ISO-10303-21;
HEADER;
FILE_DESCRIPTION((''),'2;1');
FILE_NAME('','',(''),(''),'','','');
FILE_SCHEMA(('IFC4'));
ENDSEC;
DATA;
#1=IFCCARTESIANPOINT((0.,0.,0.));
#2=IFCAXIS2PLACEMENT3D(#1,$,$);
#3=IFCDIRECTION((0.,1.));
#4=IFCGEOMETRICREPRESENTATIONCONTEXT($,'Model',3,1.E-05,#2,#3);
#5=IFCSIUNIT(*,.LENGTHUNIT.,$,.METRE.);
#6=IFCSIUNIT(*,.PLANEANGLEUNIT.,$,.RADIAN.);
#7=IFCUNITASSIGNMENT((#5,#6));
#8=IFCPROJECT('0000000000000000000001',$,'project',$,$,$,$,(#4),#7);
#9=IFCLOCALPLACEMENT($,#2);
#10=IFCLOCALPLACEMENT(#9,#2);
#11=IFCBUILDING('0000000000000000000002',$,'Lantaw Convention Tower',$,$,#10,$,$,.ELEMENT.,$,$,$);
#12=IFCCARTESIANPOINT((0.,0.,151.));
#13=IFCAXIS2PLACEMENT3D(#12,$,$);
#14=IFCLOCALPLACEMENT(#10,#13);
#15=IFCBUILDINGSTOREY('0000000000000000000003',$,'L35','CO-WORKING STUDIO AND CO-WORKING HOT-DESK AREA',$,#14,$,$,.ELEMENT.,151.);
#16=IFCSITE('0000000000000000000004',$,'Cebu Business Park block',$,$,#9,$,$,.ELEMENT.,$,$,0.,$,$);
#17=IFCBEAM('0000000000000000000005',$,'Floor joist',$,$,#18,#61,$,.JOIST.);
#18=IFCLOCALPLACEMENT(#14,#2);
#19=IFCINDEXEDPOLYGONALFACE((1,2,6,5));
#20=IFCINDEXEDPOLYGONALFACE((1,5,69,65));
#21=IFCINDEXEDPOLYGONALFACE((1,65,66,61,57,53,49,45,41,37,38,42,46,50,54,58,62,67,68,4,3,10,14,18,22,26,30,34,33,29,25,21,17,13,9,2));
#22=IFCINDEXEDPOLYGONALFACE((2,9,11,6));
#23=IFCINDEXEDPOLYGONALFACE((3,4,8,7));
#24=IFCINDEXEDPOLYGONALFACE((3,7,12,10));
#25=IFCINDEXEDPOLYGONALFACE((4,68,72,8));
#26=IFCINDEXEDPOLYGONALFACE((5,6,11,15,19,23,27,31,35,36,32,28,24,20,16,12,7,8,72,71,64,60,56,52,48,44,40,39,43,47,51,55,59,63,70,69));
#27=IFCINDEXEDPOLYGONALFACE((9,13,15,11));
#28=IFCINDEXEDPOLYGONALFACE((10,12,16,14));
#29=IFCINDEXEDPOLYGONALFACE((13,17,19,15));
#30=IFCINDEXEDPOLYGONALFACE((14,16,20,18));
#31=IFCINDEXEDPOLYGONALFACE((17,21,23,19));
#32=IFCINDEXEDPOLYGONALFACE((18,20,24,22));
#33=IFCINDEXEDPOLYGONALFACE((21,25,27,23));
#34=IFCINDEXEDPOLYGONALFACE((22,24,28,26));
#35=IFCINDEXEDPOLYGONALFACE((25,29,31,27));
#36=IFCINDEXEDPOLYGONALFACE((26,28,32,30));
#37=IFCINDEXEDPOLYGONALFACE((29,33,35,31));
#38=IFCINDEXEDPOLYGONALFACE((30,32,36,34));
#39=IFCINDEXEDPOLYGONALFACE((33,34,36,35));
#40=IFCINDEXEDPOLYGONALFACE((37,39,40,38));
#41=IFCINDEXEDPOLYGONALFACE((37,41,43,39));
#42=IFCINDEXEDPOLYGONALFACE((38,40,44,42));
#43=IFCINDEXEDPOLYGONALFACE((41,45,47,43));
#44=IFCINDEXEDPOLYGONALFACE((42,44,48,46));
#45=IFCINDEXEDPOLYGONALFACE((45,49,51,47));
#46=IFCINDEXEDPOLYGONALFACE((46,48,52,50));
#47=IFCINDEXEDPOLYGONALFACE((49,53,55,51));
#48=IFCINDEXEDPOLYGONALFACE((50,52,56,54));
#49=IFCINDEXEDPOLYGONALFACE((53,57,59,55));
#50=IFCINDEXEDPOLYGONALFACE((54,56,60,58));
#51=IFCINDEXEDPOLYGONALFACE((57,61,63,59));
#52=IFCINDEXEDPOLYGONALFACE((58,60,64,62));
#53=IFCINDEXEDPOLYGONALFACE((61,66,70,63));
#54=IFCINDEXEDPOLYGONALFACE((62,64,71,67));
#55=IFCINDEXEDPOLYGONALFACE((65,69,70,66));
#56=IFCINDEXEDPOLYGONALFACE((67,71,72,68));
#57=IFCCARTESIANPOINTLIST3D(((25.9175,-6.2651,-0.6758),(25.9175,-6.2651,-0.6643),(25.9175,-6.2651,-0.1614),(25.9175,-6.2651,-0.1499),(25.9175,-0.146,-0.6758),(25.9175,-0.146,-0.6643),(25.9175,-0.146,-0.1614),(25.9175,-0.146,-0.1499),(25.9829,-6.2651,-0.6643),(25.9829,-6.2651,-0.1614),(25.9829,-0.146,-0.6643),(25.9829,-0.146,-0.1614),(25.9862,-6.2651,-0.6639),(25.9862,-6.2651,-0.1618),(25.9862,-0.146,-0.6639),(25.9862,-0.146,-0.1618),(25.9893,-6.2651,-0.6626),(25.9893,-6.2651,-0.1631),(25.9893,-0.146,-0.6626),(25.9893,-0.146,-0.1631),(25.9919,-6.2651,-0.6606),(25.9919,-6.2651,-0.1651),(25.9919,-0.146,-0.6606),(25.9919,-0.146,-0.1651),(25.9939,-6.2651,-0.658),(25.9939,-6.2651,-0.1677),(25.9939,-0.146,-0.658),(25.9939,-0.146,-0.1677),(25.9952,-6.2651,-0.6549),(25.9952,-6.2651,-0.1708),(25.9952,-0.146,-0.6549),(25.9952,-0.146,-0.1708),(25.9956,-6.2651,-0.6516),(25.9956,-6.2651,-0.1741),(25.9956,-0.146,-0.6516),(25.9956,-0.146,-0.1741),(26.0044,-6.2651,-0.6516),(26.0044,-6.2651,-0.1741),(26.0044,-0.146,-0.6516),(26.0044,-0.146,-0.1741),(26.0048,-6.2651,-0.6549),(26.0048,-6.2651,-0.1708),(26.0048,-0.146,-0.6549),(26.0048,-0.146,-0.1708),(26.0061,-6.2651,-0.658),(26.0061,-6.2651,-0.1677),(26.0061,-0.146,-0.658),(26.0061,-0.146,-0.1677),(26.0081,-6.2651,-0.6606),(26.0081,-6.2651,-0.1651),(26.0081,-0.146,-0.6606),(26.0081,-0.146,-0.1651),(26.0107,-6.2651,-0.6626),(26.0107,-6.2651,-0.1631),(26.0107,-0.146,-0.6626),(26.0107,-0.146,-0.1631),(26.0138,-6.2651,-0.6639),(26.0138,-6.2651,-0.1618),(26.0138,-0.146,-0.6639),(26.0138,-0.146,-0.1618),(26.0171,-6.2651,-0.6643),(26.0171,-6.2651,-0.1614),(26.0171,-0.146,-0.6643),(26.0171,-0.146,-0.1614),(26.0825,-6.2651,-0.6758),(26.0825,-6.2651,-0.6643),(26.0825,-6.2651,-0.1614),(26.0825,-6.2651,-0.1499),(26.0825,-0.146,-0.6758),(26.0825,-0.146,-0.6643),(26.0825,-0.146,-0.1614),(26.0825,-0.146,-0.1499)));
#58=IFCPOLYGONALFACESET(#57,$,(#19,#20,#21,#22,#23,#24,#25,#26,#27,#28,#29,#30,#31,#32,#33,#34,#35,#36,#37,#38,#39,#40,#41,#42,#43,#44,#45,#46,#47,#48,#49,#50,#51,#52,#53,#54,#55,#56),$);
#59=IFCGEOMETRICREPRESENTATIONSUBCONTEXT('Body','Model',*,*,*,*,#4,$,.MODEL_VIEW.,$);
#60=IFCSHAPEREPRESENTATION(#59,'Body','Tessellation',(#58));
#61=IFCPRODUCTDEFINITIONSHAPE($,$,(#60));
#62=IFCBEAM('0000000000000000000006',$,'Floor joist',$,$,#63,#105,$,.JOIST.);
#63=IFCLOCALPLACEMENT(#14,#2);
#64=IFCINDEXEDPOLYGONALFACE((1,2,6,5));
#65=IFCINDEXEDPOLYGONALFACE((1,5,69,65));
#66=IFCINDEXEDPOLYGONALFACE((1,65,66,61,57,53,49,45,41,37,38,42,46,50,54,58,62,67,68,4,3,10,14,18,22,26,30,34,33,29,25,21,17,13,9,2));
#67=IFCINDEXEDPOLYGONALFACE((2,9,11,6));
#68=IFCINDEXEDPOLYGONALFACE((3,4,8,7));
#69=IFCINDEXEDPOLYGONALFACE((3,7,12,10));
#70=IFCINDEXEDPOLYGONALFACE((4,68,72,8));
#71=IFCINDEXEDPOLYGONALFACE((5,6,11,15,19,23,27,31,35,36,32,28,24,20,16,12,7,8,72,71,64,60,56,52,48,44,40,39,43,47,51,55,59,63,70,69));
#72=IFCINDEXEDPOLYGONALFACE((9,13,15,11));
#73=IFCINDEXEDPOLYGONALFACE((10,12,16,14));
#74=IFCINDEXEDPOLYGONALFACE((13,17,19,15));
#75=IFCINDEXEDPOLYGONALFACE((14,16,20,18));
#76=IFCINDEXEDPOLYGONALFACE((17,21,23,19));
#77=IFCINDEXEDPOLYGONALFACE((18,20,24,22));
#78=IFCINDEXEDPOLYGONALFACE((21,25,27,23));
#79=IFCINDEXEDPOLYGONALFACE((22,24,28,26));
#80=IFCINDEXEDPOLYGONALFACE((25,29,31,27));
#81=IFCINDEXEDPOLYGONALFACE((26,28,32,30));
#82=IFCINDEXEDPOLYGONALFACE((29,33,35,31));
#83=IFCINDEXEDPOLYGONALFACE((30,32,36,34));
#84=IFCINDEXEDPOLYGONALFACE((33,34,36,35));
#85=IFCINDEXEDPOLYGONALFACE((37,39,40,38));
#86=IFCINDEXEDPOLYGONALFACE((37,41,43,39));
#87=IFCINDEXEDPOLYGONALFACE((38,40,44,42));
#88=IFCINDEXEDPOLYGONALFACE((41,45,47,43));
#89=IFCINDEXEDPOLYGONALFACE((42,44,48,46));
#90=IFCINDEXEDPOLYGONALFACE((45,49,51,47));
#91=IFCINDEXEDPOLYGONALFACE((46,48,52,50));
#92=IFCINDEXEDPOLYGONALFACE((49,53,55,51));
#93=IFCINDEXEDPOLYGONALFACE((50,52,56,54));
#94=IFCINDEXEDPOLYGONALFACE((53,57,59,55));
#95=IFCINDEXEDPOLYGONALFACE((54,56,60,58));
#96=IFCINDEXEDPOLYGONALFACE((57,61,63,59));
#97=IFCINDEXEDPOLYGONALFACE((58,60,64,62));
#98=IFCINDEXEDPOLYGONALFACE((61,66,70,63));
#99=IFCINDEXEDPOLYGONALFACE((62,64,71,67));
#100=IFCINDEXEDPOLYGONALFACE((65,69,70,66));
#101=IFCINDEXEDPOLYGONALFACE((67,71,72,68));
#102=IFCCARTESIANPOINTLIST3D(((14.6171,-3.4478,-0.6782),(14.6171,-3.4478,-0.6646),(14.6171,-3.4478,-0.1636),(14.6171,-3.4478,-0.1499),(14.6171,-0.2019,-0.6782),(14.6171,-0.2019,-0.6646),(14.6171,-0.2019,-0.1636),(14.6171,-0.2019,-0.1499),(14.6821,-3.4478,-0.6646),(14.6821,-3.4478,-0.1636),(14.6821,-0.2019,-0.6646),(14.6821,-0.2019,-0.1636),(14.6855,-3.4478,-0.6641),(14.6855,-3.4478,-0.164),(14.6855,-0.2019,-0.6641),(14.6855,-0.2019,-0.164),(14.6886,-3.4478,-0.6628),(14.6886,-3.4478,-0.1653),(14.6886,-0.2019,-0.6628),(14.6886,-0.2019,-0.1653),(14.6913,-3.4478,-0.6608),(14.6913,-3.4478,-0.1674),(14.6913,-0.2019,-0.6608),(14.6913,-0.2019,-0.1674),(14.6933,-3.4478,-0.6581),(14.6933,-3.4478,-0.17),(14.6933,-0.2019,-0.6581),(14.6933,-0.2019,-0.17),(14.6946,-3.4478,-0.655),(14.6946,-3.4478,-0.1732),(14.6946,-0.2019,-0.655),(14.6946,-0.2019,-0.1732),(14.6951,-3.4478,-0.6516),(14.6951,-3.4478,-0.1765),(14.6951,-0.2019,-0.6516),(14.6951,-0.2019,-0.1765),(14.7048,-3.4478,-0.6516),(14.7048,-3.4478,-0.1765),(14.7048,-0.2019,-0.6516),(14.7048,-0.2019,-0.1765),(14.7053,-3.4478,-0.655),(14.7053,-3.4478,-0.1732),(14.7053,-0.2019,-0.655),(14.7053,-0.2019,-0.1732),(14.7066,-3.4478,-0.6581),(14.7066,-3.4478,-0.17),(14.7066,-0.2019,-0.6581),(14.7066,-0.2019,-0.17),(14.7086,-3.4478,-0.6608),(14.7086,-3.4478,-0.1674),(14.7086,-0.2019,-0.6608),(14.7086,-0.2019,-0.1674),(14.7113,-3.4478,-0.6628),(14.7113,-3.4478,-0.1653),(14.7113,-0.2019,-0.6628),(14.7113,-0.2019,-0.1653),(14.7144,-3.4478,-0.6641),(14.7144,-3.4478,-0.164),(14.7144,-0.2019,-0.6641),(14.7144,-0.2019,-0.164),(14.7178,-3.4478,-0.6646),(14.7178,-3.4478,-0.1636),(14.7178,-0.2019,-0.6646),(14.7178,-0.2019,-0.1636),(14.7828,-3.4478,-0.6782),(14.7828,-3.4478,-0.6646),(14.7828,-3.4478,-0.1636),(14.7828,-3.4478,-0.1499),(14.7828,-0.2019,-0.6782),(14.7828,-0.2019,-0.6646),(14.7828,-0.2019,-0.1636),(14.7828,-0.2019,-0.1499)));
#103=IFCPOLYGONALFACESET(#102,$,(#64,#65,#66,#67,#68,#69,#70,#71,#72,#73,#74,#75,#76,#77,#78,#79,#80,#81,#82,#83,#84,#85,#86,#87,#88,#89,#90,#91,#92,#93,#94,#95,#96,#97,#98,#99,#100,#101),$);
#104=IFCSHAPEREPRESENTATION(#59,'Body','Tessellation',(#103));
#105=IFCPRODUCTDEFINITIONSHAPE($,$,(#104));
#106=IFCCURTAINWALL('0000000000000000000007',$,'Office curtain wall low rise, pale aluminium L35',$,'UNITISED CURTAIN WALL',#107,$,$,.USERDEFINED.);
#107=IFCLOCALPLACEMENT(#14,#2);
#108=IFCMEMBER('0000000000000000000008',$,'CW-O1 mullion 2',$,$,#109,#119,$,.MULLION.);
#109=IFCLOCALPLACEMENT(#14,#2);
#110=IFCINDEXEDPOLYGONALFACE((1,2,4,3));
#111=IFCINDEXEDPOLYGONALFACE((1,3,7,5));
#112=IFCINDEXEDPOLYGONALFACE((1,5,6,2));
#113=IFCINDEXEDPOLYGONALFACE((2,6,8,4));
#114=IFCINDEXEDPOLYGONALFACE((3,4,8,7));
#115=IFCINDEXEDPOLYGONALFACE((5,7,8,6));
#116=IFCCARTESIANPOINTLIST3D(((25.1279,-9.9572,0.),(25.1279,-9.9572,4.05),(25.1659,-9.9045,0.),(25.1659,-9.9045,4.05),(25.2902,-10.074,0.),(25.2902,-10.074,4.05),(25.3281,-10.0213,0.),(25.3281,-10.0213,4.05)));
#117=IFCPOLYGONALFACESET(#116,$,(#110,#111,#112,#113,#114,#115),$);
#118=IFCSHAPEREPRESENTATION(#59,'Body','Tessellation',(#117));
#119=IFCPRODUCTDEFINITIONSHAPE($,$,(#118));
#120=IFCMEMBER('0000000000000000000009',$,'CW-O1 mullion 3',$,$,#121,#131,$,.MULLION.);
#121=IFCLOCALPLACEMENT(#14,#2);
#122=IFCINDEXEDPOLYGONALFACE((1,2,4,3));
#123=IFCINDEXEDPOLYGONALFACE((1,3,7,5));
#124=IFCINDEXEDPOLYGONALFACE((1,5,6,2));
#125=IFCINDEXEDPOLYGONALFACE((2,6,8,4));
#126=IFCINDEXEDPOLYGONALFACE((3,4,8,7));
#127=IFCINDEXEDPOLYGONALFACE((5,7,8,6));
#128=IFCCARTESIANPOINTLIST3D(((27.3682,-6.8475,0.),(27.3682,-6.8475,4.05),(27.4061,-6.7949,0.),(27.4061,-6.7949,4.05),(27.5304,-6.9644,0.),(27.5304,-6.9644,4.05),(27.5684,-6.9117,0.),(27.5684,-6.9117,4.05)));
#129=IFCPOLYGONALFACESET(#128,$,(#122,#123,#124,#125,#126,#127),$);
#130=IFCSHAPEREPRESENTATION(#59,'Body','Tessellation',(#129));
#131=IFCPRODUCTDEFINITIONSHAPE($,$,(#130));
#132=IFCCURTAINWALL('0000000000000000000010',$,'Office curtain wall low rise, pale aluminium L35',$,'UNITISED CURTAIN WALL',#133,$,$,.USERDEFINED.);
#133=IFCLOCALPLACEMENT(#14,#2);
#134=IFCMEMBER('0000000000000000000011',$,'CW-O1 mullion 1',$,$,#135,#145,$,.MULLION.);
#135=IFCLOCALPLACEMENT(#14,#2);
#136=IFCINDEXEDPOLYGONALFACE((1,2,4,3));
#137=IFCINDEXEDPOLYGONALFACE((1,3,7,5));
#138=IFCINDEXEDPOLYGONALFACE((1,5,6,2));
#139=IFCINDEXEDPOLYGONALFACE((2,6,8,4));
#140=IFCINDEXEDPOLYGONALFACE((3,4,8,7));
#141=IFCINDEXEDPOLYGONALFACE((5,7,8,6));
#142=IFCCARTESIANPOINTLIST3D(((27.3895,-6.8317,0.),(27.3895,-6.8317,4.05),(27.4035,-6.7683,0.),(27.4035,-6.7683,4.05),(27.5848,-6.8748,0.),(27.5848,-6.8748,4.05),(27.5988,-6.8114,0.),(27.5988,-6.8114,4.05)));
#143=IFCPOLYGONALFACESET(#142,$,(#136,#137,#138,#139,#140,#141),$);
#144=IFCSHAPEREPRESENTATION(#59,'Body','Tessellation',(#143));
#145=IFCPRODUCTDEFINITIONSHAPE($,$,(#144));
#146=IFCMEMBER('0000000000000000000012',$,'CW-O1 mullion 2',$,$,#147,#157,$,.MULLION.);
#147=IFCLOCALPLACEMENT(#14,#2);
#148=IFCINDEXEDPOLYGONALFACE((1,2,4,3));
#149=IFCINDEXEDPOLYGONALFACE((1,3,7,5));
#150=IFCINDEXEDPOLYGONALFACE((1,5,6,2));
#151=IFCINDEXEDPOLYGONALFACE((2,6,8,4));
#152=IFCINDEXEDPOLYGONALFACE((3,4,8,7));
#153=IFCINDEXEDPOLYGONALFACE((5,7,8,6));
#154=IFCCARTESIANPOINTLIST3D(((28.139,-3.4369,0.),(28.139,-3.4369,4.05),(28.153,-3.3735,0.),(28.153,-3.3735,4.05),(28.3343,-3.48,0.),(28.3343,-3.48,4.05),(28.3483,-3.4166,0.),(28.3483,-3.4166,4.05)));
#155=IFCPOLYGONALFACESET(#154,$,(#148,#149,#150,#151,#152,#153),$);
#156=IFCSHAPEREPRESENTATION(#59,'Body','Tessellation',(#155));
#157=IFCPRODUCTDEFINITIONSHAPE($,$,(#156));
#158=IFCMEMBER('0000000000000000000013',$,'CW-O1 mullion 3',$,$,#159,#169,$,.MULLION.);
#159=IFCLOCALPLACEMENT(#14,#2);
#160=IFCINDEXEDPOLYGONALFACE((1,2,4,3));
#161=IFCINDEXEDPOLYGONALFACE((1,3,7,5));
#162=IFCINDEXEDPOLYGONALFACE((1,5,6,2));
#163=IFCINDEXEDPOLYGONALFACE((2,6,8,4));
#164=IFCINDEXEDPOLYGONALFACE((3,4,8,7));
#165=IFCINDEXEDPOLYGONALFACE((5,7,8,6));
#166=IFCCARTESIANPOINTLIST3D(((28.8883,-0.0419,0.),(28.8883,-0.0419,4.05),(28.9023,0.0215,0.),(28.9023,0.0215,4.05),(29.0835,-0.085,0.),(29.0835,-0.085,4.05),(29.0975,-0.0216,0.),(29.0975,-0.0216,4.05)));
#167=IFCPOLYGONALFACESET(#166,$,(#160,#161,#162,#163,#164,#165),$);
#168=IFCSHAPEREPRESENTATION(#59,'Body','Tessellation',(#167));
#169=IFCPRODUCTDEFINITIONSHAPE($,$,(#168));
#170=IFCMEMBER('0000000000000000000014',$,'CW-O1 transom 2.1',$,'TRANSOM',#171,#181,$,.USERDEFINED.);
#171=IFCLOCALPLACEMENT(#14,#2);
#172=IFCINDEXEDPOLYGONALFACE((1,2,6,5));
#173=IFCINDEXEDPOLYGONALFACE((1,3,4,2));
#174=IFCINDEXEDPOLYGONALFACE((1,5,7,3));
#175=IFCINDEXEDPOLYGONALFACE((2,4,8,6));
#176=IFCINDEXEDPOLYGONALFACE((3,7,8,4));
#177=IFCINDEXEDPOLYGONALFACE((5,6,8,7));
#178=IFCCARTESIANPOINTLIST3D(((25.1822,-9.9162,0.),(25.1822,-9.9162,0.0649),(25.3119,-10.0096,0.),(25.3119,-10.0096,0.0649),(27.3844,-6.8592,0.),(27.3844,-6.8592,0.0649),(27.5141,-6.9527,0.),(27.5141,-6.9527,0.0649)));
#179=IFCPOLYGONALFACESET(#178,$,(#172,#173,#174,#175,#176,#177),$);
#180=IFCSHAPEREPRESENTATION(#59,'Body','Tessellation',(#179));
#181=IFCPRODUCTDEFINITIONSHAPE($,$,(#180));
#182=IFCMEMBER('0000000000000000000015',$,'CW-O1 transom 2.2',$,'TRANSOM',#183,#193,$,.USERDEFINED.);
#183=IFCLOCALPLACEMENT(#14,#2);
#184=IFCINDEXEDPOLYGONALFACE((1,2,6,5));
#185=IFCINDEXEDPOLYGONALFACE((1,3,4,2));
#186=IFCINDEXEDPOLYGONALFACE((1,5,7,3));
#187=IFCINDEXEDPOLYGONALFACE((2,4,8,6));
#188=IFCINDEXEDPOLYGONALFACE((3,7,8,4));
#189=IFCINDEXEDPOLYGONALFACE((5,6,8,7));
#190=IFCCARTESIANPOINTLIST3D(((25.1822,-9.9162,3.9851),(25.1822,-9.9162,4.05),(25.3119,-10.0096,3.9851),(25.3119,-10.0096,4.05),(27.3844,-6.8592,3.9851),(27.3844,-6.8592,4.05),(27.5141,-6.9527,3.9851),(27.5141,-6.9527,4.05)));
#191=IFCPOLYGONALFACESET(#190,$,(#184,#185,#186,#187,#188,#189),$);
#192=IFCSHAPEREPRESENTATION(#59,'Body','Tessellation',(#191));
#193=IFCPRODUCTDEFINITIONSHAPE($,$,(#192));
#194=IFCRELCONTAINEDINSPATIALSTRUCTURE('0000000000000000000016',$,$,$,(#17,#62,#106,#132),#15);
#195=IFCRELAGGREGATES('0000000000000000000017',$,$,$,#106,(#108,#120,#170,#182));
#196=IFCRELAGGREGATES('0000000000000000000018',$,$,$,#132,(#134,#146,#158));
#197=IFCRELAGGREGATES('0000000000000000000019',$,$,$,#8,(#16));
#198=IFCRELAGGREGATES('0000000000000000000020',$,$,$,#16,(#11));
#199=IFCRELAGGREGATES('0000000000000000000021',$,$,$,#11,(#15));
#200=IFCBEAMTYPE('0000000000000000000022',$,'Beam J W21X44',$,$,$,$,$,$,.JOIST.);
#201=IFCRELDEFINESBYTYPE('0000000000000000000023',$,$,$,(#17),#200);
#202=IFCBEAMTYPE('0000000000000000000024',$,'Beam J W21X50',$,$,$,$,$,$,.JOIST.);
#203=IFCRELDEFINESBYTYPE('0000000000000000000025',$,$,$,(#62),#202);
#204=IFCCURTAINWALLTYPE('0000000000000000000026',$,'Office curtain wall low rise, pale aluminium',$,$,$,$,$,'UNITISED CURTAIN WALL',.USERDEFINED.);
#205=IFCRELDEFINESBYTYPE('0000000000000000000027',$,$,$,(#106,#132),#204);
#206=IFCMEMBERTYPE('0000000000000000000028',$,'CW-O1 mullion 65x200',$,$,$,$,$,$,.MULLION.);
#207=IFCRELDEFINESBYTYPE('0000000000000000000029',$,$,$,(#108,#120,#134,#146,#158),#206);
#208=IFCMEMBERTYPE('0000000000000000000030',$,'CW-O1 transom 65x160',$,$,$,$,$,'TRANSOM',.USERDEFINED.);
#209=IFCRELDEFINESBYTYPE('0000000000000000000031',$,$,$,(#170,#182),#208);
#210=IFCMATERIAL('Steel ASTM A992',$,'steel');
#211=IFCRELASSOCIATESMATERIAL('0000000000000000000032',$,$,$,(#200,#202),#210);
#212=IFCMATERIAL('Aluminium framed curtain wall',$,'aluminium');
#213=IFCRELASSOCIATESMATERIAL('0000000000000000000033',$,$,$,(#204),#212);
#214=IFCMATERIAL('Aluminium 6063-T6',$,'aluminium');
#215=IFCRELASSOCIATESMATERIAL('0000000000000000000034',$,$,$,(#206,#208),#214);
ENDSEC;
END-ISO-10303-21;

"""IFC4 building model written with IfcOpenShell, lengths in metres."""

from ifc_helpers import new_model, si_unit, direction, frame, origin, origin_2d, place, context, subcontext, project, spatial, rectangle, i_section, extrude, material, material_profile, profile_set, type_object, element, aggregate, save


model = new_model("IFC4")

# Units and contexts
model_context = context("Model", 3, precision=1e-05, world=origin(), true_north=direction((0.0, 1.0)))
body_context = subcontext(model_context, "Body", "Model", "MODEL_VIEW")
ifc_project = project(units=[si_unit("LENGTHUNIT", "METRE"), si_unit("PLANEANGLEUNIT", "RADIAN")], contexts=[model_context])

# Site, building, storey
site_placement = place(None, origin())
site = spatial("IfcSite", under=ifc_project, at=site_placement, Name="Cebu Business Park block", CompositionType="ELEMENT", RefElevation=0.0)
building_placement = place(site_placement, origin())
building = spatial("IfcBuilding", under=site, at=building_placement, Name="Lantaw Convention Tower", CompositionType="ELEMENT")
storey_placement = place(building_placement, frame((0.0, 0.0, 151.0)))
storey = spatial("IfcBuildingStorey", under=building, at=storey_placement, Name="L35", Description="CO-WORKING STUDIO AND CO-WORKING HOT-DESK AREA", CompositionType="ELEMENT", Elevation=151.0)

# Beams
ifc_material_1 = material(Name="Steel ASTM A992", Category="steel")
ifc_material_profile_1 = material_profile(ifc_material_1, i_section(OverallWidth=0.165, OverallDepth=0.5259, WebThickness=0.0088, FlangeThickness=0.0115, FilletRadius=0.0127, at=origin_2d()), Name="W21X44")
ifc_profile_set_1 = profile_set([ifc_material_profile_1], Name="Steel ASTM A992")
beam_type_1 = type_object("IfcBeamType", Name="Beam J W21X44", PredefinedType="JOIST", material=ifc_profile_set_1)
beam_1_placement = place(storey_placement, frame((26.0, -6.2651, -0.4128), z_axis=(0.0, 1.0, 0.0), x_axis=(-1.0, 0.0, 0.0)))
element("IfcBeam", 1, at=beam_1_placement, inside=storey, type_object=beam_type_1, Name="Floor joist", PredefinedType="JOIST", context=body_context, shape_type="SweptSolid", body=[
    extrude(i_section(OverallWidth=0.165, OverallDepth=0.5259, WebThickness=0.0088, FlangeThickness=0.0115, FilletRadius=0.0127, at=origin_2d()), origin(), (0.0, 0.0, 1.0), 6.1191),
])
ifc_material_profile_2 = material_profile(ifc_material_1, i_section(OverallWidth=0.1658, OverallDepth=0.5283, WebThickness=0.0098, FlangeThickness=0.0137, FilletRadius=0.0129, at=origin_2d()), Name="W21X50")
ifc_profile_set_2 = profile_set([ifc_material_profile_2], Name="Steel ASTM A992")
beam_type_2 = type_object("IfcBeamType", Name="Beam J W21X50", PredefinedType="JOIST", material=ifc_profile_set_2)
beam_2_placement = place(storey_placement, frame((14.7, -3.4478, -0.4141), z_axis=(0.0, 1.0, 0.0), x_axis=(-1.0, 0.0, 0.0)))
element("IfcBeam", 2, at=beam_2_placement, inside=storey, type_object=beam_type_2, Name="Floor joist", PredefinedType="JOIST", context=body_context, shape_type="SweptSolid", body=[
    extrude(i_section(OverallWidth=0.1658, OverallDepth=0.5283, WebThickness=0.0098, FlangeThickness=0.0137, FilletRadius=0.0129, at=origin_2d()), origin(), (0.0, 0.0, 1.0), 3.2458),
])

# Curtain walls, members
ifc_material_2 = material(Name="Aluminium framed curtain wall", Category="aluminium")
curtain_wall_type = type_object("IfcCurtainWallType", Name="Office curtain wall low rise, pale aluminium", ElementType="UNITISED CURTAIN WALL", PredefinedType="USERDEFINED", material=ifc_material_2)
curtain_wall_1_placement = place(storey_placement, origin())
curtain_wall_1 = element("IfcCurtainWall", 3, at=curtain_wall_1_placement, inside=storey, type_object=curtain_wall_type, Name="Office curtain wall low rise, pale aluminium L35", ObjectType="UNITISED CURTAIN WALL", PredefinedType="USERDEFINED")
ifc_material_3 = material(Name="Aluminium 6063-T6", Category="aluminium")
ifc_material_profile_3 = material_profile(ifc_material_3, rectangle(XDim=0.2, YDim=0.0649, at=origin_2d()), Name="CW-O1 mullion 65x200")
ifc_profile_set_3 = profile_set([ifc_material_profile_3], Name="Aluminium 6063-T6")
member_type_1 = type_object("IfcMemberType", Name="CW-O1 mullion 65x200", PredefinedType="MULLION", material=ifc_profile_set_3)
member_1_placement = place(storey_placement, frame((25.228, -9.9893, 0.0), z_axis=(0.0, 0.0, 1.0), x_axis=(-0.811385, 0.584513, 0.0)))
member_1 = element("IfcMember", 4, at=member_1_placement, type_object=member_type_1, Name="CW-O1 mullion 2", PredefinedType="MULLION", context=body_context, shape_type="SweptSolid", body=[
    extrude(rectangle(XDim=0.2, YDim=0.0649, at=origin_2d()), origin(), (0.0, 0.0, 1.0), 4.05),
])
member_2_placement = place(storey_placement, frame((27.4683, -6.8796, 0.0), z_axis=(0.0, 0.0, 1.0), x_axis=(-0.811385, 0.584513, 0.0)))
member_2 = element("IfcMember", 5, at=member_2_placement, type_object=member_type_1, Name="CW-O1 mullion 3", PredefinedType="MULLION", context=body_context, shape_type="SweptSolid", body=[
    extrude(rectangle(XDim=0.2, YDim=0.0649, at=origin_2d()), origin(), (0.0, 0.0, 1.0), 4.05),
])
curtain_wall_2_placement = place(storey_placement, origin())
curtain_wall_2 = element("IfcCurtainWall", 6, at=curtain_wall_2_placement, inside=storey, type_object=curtain_wall_type, Name="Office curtain wall low rise, pale aluminium L35", ObjectType="UNITISED CURTAIN WALL", PredefinedType="USERDEFINED")
member_3_placement = place(storey_placement, frame((27.4941, -6.8215, 0.0), z_axis=(0.0, 0.0, 1.0), x_axis=(-0.976494, 0.215546, 0.0)))
member_3 = element("IfcMember", 7, at=member_3_placement, type_object=member_type_1, Name="CW-O1 mullion 1", PredefinedType="MULLION", context=body_context, shape_type="SweptSolid", body=[
    extrude(rectangle(XDim=0.2, YDim=0.0649, at=origin_2d()), origin(), (0.0, 0.0, 1.0), 4.05),
])
member_4_placement = place(storey_placement, frame((28.2437, -3.4268, 0.0), z_axis=(0.0, 0.0, 1.0), x_axis=(-0.976494, 0.215546, 0.0)))
member_4 = element("IfcMember", 8, at=member_4_placement, type_object=member_type_1, Name="CW-O1 mullion 2", PredefinedType="MULLION", context=body_context, shape_type="SweptSolid", body=[
    extrude(rectangle(XDim=0.2, YDim=0.0649, at=origin_2d()), origin(), (0.0, 0.0, 1.0), 4.05),
])
member_5_placement = place(storey_placement, frame((28.9929, -0.0317, 0.0), z_axis=(0.0, 0.0, 1.0), x_axis=(-0.976494, 0.215546, 0.0)))
member_5 = element("IfcMember", 9, at=member_5_placement, type_object=member_type_1, Name="CW-O1 mullion 3", PredefinedType="MULLION", context=body_context, shape_type="SweptSolid", body=[
    extrude(rectangle(XDim=0.2, YDim=0.0649, at=origin_2d()), origin(), (0.0, 0.0, 1.0), 4.05),
])

# Members
ifc_material_profile_4 = material_profile(ifc_material_3, rectangle(XDim=0.1599, YDim=0.0649, at=origin_2d()), Name="CW-O1 transom 65x160")
ifc_profile_set_4 = profile_set([ifc_material_profile_4], Name="Aluminium 6063-T6")
member_type_2 = type_object("IfcMemberType", Name="CW-O1 transom 65x160", ElementType="TRANSOM", PredefinedType="USERDEFINED", material=ifc_profile_set_4)
member_6_placement = place(storey_placement, frame((25.2471, -9.9629, 0.0325), z_axis=(0.584513, 0.811384, 0.0), x_axis=(-0.811384, 0.584513, 0.0)))
member_6 = element("IfcMember", 10, at=member_6_placement, type_object=member_type_2, Name="CW-O1 transom 2.1", ObjectType="TRANSOM", PredefinedType="USERDEFINED", context=body_context, shape_type="SweptSolid", body=[
    extrude(rectangle(XDim=0.1599, YDim=0.0649, at=origin_2d()), origin(), (0.0, 0.0, 1.0), 3.7676),
])
member_7_placement = place(storey_placement, frame((25.2471, -9.9629, 4.0176), z_axis=(0.584513, 0.811384, 0.0), x_axis=(-0.811384, 0.584513, 0.0)))
member_7 = element("IfcMember", 11, at=member_7_placement, type_object=member_type_2, Name="CW-O1 transom 2.2", ObjectType="TRANSOM", PredefinedType="USERDEFINED", context=body_context, shape_type="SweptSolid", body=[
    extrude(rectangle(XDim=0.1599, YDim=0.0649, at=origin_2d()), origin(), (0.0, 0.0, 1.0), 3.7676),
])

aggregate(curtain_wall_1, [member_1, member_2, member_6, member_7])
aggregate(curtain_wall_2, [member_3, member_4, member_5])

save(model, "model.ifc")
